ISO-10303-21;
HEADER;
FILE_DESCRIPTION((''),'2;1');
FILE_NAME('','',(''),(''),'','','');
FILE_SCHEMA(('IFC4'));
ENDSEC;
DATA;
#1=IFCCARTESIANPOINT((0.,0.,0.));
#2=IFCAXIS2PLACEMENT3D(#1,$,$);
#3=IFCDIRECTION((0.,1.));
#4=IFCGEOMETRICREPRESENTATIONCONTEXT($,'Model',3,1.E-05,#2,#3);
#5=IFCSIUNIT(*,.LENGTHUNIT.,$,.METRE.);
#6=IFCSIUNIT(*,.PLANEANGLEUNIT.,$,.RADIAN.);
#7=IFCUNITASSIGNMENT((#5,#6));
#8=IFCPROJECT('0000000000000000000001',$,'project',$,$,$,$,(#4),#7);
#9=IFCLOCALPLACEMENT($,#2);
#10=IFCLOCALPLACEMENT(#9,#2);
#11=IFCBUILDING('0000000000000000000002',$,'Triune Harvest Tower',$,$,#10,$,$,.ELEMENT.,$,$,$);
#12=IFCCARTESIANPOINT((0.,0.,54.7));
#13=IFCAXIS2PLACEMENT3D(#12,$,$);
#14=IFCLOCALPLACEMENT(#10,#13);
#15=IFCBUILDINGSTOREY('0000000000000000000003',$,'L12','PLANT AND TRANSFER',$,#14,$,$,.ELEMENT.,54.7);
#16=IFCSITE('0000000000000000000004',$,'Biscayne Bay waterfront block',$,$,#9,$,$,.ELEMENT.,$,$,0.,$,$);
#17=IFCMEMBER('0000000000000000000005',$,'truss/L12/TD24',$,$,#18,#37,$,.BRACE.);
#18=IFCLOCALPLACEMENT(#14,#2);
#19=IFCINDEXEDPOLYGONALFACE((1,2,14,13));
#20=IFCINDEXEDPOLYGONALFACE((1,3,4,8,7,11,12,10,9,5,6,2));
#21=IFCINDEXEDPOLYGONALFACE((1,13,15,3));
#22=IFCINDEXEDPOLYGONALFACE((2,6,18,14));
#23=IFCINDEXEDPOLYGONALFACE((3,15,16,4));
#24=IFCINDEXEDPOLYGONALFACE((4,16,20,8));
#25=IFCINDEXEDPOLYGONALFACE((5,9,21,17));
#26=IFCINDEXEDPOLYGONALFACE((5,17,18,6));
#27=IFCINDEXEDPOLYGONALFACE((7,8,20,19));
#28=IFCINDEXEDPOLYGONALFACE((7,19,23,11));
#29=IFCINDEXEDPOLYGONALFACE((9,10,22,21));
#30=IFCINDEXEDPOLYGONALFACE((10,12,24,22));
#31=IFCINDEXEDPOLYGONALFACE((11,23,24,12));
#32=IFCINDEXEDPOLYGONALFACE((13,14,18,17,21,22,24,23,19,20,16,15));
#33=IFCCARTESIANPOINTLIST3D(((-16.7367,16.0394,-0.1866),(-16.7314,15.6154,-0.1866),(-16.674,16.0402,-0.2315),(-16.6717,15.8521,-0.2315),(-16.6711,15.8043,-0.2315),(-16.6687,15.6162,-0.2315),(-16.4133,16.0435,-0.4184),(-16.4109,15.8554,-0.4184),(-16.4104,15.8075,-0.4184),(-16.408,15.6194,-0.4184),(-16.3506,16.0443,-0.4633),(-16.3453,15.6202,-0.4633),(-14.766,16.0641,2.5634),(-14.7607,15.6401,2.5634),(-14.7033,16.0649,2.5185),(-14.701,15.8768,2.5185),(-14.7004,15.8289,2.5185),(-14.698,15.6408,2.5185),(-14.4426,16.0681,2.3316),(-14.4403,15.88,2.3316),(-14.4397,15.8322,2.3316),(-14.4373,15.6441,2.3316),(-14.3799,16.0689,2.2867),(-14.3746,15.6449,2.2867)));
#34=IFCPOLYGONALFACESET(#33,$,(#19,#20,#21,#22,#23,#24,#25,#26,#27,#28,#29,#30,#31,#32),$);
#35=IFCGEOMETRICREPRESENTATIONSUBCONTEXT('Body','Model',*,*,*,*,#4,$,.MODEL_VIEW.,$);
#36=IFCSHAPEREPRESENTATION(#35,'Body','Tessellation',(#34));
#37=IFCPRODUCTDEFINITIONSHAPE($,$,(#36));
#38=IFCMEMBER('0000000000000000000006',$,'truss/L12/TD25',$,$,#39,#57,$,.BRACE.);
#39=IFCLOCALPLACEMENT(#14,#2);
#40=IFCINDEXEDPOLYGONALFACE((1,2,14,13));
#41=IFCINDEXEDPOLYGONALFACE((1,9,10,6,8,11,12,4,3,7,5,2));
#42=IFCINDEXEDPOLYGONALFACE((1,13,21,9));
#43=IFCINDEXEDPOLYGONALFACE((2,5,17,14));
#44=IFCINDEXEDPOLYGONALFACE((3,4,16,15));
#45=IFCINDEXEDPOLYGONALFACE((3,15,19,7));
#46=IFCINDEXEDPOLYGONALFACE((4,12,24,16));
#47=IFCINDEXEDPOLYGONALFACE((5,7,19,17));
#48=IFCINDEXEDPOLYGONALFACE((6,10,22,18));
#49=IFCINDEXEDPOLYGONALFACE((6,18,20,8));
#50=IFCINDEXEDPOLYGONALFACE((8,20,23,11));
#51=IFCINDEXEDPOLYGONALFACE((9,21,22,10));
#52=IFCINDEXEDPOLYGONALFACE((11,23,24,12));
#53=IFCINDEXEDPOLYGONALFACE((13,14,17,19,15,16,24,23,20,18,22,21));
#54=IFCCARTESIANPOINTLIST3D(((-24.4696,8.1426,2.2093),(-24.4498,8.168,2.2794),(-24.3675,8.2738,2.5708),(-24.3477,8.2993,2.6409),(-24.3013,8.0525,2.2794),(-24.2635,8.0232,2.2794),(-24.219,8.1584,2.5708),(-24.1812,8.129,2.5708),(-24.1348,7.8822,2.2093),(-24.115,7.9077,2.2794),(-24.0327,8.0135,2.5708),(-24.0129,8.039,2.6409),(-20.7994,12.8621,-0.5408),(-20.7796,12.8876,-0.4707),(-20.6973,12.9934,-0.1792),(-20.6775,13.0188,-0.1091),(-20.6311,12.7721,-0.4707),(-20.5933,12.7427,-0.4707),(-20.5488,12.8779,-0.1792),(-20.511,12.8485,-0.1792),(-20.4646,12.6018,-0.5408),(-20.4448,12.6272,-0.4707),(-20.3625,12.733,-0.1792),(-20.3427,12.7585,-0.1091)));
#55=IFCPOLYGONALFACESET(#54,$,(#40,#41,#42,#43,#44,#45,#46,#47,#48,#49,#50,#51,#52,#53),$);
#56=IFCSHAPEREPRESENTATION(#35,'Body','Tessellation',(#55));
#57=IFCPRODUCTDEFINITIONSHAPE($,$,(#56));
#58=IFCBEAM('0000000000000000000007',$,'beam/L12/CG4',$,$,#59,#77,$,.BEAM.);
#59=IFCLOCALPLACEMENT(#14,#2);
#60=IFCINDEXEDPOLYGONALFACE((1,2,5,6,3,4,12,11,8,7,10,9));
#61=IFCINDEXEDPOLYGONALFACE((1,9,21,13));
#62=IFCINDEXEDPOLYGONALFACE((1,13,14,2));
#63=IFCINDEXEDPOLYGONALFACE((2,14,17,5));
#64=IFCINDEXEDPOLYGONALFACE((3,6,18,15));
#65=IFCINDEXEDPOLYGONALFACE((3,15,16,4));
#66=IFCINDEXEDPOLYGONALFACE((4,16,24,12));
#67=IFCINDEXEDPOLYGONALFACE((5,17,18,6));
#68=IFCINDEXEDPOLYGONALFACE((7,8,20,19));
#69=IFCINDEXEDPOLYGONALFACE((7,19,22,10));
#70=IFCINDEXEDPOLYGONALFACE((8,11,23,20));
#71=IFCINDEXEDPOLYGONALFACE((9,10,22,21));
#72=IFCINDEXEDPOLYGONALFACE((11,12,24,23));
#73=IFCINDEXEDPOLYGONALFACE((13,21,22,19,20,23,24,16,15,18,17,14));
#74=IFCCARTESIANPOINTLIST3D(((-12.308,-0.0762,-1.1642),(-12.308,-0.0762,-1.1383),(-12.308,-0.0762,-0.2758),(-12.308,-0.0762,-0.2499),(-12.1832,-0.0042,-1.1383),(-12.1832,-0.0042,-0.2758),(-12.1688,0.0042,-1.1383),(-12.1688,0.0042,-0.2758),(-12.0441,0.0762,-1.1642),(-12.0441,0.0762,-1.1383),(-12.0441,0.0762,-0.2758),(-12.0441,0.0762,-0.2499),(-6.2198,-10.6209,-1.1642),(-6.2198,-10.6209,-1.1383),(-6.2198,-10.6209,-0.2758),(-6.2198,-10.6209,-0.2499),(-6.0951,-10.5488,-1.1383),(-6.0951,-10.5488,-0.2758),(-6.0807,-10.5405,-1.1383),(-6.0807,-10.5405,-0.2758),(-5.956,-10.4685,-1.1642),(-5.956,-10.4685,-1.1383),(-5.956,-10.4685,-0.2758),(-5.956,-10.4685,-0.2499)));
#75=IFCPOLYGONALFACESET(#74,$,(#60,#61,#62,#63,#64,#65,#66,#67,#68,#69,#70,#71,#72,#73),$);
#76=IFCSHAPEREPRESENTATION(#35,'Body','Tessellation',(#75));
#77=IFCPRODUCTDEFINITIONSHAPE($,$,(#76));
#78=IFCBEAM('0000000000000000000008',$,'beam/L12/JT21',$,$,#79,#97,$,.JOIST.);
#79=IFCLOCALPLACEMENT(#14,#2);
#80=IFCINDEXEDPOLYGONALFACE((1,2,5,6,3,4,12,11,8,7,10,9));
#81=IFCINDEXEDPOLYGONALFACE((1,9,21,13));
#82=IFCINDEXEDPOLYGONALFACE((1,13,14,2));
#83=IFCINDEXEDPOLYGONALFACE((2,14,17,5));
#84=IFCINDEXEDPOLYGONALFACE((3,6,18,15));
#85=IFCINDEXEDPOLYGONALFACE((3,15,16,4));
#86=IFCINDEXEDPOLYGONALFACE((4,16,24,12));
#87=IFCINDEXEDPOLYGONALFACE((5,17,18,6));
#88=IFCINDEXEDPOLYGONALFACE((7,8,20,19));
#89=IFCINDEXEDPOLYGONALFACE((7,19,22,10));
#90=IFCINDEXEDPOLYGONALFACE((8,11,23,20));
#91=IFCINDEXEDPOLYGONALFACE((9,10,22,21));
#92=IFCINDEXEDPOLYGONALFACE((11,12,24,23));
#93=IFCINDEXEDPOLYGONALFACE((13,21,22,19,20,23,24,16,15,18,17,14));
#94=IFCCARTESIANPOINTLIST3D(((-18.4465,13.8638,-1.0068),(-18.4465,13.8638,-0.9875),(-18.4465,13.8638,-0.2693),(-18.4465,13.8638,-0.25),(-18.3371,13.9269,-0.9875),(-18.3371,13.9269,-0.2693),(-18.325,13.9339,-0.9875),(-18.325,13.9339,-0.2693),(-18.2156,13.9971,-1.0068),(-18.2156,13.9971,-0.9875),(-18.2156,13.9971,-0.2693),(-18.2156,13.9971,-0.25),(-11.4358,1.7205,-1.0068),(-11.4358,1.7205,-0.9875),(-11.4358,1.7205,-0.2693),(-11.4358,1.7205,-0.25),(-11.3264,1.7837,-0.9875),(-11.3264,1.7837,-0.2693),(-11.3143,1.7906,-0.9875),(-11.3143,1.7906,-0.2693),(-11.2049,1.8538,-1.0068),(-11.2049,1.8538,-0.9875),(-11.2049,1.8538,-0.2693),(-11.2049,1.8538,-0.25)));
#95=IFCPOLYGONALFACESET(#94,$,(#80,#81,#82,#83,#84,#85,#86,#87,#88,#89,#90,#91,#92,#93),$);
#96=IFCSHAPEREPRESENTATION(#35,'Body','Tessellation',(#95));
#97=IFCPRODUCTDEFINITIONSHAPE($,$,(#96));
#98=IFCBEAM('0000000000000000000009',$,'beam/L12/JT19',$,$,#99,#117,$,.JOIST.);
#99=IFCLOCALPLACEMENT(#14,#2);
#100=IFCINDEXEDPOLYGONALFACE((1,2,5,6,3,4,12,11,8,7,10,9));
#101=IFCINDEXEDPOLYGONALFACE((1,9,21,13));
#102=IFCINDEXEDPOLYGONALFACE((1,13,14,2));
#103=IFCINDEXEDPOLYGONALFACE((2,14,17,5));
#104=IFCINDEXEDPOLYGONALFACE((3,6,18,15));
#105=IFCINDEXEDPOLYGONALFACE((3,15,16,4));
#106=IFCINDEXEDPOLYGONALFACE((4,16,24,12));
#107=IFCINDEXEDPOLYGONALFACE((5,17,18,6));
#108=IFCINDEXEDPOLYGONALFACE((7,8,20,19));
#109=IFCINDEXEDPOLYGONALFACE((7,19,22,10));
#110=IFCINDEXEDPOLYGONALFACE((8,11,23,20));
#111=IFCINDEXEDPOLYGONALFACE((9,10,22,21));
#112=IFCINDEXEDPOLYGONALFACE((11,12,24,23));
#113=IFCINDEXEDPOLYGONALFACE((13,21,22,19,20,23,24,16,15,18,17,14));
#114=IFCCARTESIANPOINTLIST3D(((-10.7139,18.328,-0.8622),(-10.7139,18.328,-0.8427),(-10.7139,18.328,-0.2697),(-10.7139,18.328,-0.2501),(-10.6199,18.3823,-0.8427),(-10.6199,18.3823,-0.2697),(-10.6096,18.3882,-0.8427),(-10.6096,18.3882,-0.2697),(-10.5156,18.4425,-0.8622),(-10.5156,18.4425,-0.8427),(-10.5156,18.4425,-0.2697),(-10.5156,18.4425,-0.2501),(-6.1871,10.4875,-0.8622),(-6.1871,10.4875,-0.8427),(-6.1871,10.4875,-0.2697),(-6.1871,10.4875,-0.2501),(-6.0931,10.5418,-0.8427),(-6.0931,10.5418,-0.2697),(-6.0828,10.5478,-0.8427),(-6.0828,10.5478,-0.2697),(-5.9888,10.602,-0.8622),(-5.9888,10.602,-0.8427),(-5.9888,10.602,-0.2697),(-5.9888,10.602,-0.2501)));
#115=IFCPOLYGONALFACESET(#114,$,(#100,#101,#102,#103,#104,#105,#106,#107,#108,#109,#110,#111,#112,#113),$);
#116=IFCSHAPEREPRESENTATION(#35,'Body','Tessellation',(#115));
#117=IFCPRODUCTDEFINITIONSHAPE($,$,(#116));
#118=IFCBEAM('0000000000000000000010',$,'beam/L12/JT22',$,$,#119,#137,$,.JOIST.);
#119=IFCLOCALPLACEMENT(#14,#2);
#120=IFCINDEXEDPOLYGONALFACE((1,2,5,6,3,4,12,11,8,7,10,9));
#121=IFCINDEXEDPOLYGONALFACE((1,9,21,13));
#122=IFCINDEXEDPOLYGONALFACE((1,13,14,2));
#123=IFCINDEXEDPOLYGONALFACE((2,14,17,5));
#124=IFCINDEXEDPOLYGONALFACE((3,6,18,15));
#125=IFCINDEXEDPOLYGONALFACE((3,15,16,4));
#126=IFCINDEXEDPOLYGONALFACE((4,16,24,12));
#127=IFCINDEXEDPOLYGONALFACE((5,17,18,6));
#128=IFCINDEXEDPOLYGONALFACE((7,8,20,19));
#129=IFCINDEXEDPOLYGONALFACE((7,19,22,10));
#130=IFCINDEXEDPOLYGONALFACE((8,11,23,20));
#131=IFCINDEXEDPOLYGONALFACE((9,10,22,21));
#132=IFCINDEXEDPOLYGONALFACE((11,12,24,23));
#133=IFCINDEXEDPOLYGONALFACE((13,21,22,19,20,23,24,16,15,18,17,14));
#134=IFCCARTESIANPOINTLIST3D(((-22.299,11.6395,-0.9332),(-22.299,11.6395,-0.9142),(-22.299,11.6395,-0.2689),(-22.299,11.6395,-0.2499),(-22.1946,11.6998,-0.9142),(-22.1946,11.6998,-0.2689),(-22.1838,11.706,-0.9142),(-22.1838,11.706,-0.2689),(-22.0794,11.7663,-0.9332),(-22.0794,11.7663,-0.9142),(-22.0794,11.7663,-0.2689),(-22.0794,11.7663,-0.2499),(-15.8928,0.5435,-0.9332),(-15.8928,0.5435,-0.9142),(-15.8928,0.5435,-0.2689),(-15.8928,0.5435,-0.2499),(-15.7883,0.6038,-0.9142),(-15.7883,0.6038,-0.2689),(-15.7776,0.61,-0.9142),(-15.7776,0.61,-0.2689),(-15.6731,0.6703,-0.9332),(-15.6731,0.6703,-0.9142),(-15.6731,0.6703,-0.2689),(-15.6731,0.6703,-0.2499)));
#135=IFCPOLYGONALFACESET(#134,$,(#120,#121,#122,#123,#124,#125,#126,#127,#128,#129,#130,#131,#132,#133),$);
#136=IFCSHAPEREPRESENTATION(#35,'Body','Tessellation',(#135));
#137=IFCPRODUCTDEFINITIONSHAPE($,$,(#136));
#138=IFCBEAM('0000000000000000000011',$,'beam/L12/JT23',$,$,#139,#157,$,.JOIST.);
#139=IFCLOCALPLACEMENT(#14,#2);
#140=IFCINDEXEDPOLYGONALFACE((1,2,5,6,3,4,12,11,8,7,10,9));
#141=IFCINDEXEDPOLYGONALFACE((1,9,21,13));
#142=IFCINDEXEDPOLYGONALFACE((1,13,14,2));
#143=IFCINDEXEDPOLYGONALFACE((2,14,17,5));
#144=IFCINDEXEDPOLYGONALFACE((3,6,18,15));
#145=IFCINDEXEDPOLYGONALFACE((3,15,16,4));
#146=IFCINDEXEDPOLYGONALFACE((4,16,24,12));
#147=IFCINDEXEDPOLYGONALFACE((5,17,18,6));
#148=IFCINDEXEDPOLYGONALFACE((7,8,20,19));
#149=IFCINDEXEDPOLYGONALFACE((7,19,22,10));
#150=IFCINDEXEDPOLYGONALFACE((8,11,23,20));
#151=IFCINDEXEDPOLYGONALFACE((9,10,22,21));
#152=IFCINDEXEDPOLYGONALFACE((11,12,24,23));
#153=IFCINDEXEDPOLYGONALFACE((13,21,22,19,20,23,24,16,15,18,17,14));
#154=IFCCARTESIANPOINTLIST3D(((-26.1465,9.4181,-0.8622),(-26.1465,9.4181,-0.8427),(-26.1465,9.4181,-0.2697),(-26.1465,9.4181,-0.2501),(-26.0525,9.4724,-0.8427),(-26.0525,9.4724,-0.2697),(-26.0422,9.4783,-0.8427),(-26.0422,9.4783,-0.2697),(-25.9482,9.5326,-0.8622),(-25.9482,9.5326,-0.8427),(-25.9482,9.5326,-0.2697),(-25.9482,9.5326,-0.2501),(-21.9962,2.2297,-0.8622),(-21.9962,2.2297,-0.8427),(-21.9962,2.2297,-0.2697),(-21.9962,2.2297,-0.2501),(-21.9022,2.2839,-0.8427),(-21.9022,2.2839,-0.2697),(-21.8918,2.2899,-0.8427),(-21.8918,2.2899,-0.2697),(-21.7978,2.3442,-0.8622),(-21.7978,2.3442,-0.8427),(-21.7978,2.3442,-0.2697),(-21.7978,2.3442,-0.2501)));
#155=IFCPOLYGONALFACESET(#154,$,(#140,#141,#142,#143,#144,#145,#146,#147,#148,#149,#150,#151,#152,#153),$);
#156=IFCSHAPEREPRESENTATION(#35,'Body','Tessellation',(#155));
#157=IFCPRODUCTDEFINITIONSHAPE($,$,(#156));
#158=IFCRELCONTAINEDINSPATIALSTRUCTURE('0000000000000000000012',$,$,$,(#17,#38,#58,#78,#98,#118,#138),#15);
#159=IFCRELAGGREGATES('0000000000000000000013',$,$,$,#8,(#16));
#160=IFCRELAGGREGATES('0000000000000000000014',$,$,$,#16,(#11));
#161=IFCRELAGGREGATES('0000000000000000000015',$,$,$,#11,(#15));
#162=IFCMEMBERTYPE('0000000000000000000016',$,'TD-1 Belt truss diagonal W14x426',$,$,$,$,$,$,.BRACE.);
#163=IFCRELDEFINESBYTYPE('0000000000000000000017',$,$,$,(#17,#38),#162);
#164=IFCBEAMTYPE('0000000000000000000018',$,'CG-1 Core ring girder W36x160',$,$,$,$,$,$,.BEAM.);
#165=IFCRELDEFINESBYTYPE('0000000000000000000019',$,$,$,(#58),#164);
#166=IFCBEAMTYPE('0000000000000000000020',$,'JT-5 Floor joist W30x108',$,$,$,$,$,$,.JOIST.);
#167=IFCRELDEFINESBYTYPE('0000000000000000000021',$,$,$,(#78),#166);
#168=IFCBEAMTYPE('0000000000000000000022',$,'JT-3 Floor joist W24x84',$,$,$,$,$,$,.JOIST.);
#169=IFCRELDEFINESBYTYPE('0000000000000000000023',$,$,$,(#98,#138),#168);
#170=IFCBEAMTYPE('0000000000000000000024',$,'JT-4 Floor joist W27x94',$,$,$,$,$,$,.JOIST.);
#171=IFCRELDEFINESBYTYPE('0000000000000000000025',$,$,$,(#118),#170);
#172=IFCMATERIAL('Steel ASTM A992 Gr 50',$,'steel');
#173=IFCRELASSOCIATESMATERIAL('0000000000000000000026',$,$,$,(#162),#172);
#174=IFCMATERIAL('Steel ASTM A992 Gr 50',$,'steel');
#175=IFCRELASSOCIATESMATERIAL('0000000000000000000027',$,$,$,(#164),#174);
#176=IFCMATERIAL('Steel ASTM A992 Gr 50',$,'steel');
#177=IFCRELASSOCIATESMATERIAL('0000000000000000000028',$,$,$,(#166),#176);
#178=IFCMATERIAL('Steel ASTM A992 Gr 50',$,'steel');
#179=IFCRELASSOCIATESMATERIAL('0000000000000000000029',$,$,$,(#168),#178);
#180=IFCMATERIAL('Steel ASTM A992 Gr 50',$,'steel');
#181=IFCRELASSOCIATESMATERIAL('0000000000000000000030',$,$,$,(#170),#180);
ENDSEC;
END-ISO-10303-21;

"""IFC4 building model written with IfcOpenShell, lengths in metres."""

from ifc_helpers import new_model, si_unit, direction, frame, origin, origin_2d, place, context, subcontext, project, spatial, i_section, extrude, source, transform, mapped, material, material_profile, profile_set, type_object, element, save


model = new_model("IFC4")

# Units and contexts
model_context = context("Model", 3, precision=1e-05, world=origin(), true_north=direction((0.0, 1.0)))
body_context = subcontext(model_context, "Body", "Model", "MODEL_VIEW")
ifc_project = project(units=[si_unit("LENGTHUNIT", "METRE"), si_unit("PLANEANGLEUNIT", "RADIAN")], contexts=[model_context])

# Site, building, storey
site_placement = place(None, origin())
site = spatial("IfcSite", under=ifc_project, at=site_placement, Name="Biscayne Bay waterfront block", CompositionType="ELEMENT", RefElevation=0.0)
building_placement = place(site_placement, origin())
building = spatial("IfcBuilding", under=site, at=building_placement, Name="Triune Harvest Tower", CompositionType="ELEMENT")
storey_placement = place(building_placement, frame((0.0, 0.0, 54.7)))
storey = spatial("IfcBuildingStorey", under=building, at=storey_placement, Name="L12", Description="PLANT AND TRANSFER", CompositionType="ELEMENT", Elevation=54.7)

# Members
ifc_material_1 = material(Name="Steel ASTM A992 Gr 50", Category="steel")
ifc_material_profile_1 = material_profile(ifc_material_1, i_section(OverallWidth=0.4241, OverallDepth=0.4751, WebThickness=0.0479, FlangeThickness=0.0771, at=origin_2d()), Name="W14x426")
ifc_profile_set_1 = profile_set([ifc_material_profile_1], Name="Steel ASTM A992 Gr 50")
member_type_1 = type_object("IfcMemberType", Name="TD-1 Belt truss diagonal W14x426", PredefinedType="BRACE", material=ifc_profile_set_1)
member_1_placement = place(storey_placement, frame((-16.541, 15.8298, -0.325), z_axis=(0.582478, 0.007288, 0.812814), x_axis=(-0.012511, 0.999922, 0.0)))
element("IfcMember", 1, at=member_1_placement, inside=storey, type_object=member_type_1, Name="truss/L12/TD24", PredefinedType="BRACE", context=body_context, shape_type="SweptSolid", body=[
    extrude(i_section(OverallWidth=0.4241, OverallDepth=0.4751, WebThickness=0.0479, FlangeThickness=0.0771, at=origin_2d()), origin(), (0.0, 0.0, 1.0), 3.3833),
])
member_2_placement = place(storey_placement, frame((-20.571, 12.8103, -0.325), z_axis=(-0.557713, -0.717166, 0.417886), x_axis=(0.789396, -0.613884, 0.0)))
element("IfcMember", 2, at=member_2_placement, inside=storey, type_object=member_type_1, Name="truss/L12/TD25", PredefinedType="BRACE", context=body_context, shape_type="SweptSolid", body=[
    extrude(i_section(OverallWidth=0.4241, OverallDepth=0.4751, WebThickness=0.0479, FlangeThickness=0.0771, at=origin_2d()), origin(), (0.0, 0.0, 1.0), 6.5808),
])

# Beams
ifc_material_2 = material(Name="Steel ASTM A992 Gr 50", Category="steel")
ifc_material_profile_2 = material_profile(ifc_material_2, i_section(OverallWidth=0.3047, OverallDepth=0.9143, WebThickness=0.0166, FlangeThickness=0.0259, at=origin_2d()), Name="W36x160")
ifc_profile_set_2 = profile_set([ifc_material_profile_2], Name="Steel ASTM A992 Gr 50")
beam_type_1 = type_object("IfcBeamType", Name="CG-1 Core ring girder W36x160", PredefinedType="BEAM", material=ifc_profile_set_2)
shared_shape_1 = source(origin(), body_context, "Body", "SweptSolid", [
    extrude(i_section(OverallWidth=0.3047, OverallDepth=0.9143, WebThickness=0.0166, FlangeThickness=0.0259, at=origin_2d()), origin(), (0.0, 0.0, 1.0), 12.176),
])
beam_1_placement = place(storey_placement, frame((-12.176, 0.0, -0.707), z_axis=(0.50001, -0.86602, 0.0), x_axis=(0.86602, 0.50001, 0.0)))
element("IfcBeam", 3, at=beam_1_placement, inside=storey, type_object=beam_type_1, Name="beam/L12/CG4", PredefinedType="BEAM", context=body_context, shape_type="MappedRepresentation", body=[
    mapped(shared_shape_1, transform((0.0, 0.0, 0.0), scale=1.0)),
])
ifc_material_3 = material(Name="Steel ASTM A992 Gr 50", Category="steel")
ifc_material_profile_3 = material_profile(ifc_material_3, i_section(OverallWidth=0.2666, OverallDepth=0.7568, WebThickness=0.0139, FlangeThickness=0.0193, at=origin_2d()), Name="W30x108")
ifc_profile_set_3 = profile_set([ifc_material_profile_3], Name="Steel ASTM A992 Gr 50")
beam_type_2 = type_object("IfcBeamType", Name="JT-5 Floor joist W30x108", PredefinedType="JOIST", material=ifc_profile_set_3)
shared_shape_2 = source(origin(), body_context, "Body", "SweptSolid", [
    extrude(i_section(OverallWidth=0.2666, OverallDepth=0.7568, WebThickness=0.0139, FlangeThickness=0.0193, at=origin_2d()), origin(), (0.0, 0.0, 1.0), 14.0217),
])
beam_2_placement = place(storey_placement, frame((-18.3311, 13.9304, -0.6284), z_axis=(0.499989, -0.866032, 0.0), x_axis=(0.866032, 0.499989, 0.0)))
element("IfcBeam", 4, at=beam_2_placement, inside=storey, type_object=beam_type_2, Name="beam/L12/JT21", PredefinedType="JOIST", context=body_context, shape_type="MappedRepresentation", body=[
    mapped(shared_shape_2, transform((0.0, 0.0, 0.0), scale=1.0)),
])
ifc_material_4 = material(Name="Steel ASTM A992 Gr 50", Category="steel")
ifc_material_profile_4 = material_profile(ifc_material_4, i_section(OverallWidth=0.229, OverallDepth=0.6121, WebThickness=0.012, FlangeThickness=0.0195, at=origin_2d()), Name="W24x84")
ifc_profile_set_4 = profile_set([ifc_material_profile_4], Name="Steel ASTM A992 Gr 50")
beam_type_3 = type_object("IfcBeamType", Name="JT-3 Floor joist W24x84", PredefinedType="JOIST", material=ifc_profile_set_4)
shared_shape_3 = source(origin(), body_context, "Body", "SweptSolid", [
    extrude(i_section(OverallWidth=0.229, OverallDepth=0.6121, WebThickness=0.012, FlangeThickness=0.0195, at=origin_2d()), origin(), (0.0, 0.0, 1.0), 9.0535),
])
beam_3_placement = place(storey_placement, frame((-10.6147, 18.3853, -0.5562), z_axis=(0.500008, -0.866021, 0.0), x_axis=(0.866021, 0.500008, 0.0)))
element("IfcBeam", 5, at=beam_3_placement, inside=storey, type_object=beam_type_3, Name="beam/L12/JT19", PredefinedType="JOIST", context=body_context, shape_type="MappedRepresentation", body=[
    mapped(shared_shape_3, transform((0.0, 0.0, 0.0), scale=1.0)),
])
ifc_material_5 = material(Name="Steel ASTM A992 Gr 50", Category="steel")
ifc_material_profile_5 = material_profile(ifc_material_5, i_section(OverallWidth=0.2537, OverallDepth=0.6833, WebThickness=0.0125, FlangeThickness=0.019, at=origin_2d()), Name="W27x94")
ifc_profile_set_5 = profile_set([ifc_material_profile_5], Name="Steel ASTM A992 Gr 50")
beam_type_4 = type_object("IfcBeamType", Name="JT-4 Floor joist W27x94", PredefinedType="JOIST", material=ifc_profile_set_5)
shared_shape_4 = source(origin(), body_context, "Body", "SweptSolid", [
    extrude(i_section(OverallWidth=0.2537, OverallDepth=0.6833, WebThickness=0.0125, FlangeThickness=0.019, at=origin_2d()), origin(), (0.0, 0.0, 1.0), 12.8125),
])
beam_4_placement = place(storey_placement, frame((-22.1892, 11.7029, -0.5916), z_axis=(0.5, -0.866025, 0.0), x_axis=(0.866025, 0.5, 0.0)))
element("IfcBeam", 6, at=beam_4_placement, inside=storey, type_object=beam_type_4, Name="beam/L12/JT22", PredefinedType="JOIST", context=body_context, shape_type="MappedRepresentation", body=[
    mapped(shared_shape_4, transform((0.0, 0.0, 0.0), scale=1.0)),
])
shared_shape_5 = source(origin(), body_context, "Body", "SweptSolid", [
    extrude(i_section(OverallWidth=0.229, OverallDepth=0.6121, WebThickness=0.012, FlangeThickness=0.0195, at=origin_2d()), origin(), (0.0, 0.0, 1.0), 8.3005),
])
beam_5_placement = place(storey_placement, frame((-26.0474, 9.4753, -0.5562), z_axis=(0.500011, -0.866019, 0.0), x_axis=(0.866019, 0.500011, 0.0)))
element("IfcBeam", 7, at=beam_5_placement, inside=storey, type_object=beam_type_3, Name="beam/L12/JT23", PredefinedType="JOIST", context=body_context, shape_type="MappedRepresentation", body=[
    mapped(shared_shape_5, transform((0.0, 0.0, 0.0), scale=1.0)),
])

save(model, "model.ifc")
